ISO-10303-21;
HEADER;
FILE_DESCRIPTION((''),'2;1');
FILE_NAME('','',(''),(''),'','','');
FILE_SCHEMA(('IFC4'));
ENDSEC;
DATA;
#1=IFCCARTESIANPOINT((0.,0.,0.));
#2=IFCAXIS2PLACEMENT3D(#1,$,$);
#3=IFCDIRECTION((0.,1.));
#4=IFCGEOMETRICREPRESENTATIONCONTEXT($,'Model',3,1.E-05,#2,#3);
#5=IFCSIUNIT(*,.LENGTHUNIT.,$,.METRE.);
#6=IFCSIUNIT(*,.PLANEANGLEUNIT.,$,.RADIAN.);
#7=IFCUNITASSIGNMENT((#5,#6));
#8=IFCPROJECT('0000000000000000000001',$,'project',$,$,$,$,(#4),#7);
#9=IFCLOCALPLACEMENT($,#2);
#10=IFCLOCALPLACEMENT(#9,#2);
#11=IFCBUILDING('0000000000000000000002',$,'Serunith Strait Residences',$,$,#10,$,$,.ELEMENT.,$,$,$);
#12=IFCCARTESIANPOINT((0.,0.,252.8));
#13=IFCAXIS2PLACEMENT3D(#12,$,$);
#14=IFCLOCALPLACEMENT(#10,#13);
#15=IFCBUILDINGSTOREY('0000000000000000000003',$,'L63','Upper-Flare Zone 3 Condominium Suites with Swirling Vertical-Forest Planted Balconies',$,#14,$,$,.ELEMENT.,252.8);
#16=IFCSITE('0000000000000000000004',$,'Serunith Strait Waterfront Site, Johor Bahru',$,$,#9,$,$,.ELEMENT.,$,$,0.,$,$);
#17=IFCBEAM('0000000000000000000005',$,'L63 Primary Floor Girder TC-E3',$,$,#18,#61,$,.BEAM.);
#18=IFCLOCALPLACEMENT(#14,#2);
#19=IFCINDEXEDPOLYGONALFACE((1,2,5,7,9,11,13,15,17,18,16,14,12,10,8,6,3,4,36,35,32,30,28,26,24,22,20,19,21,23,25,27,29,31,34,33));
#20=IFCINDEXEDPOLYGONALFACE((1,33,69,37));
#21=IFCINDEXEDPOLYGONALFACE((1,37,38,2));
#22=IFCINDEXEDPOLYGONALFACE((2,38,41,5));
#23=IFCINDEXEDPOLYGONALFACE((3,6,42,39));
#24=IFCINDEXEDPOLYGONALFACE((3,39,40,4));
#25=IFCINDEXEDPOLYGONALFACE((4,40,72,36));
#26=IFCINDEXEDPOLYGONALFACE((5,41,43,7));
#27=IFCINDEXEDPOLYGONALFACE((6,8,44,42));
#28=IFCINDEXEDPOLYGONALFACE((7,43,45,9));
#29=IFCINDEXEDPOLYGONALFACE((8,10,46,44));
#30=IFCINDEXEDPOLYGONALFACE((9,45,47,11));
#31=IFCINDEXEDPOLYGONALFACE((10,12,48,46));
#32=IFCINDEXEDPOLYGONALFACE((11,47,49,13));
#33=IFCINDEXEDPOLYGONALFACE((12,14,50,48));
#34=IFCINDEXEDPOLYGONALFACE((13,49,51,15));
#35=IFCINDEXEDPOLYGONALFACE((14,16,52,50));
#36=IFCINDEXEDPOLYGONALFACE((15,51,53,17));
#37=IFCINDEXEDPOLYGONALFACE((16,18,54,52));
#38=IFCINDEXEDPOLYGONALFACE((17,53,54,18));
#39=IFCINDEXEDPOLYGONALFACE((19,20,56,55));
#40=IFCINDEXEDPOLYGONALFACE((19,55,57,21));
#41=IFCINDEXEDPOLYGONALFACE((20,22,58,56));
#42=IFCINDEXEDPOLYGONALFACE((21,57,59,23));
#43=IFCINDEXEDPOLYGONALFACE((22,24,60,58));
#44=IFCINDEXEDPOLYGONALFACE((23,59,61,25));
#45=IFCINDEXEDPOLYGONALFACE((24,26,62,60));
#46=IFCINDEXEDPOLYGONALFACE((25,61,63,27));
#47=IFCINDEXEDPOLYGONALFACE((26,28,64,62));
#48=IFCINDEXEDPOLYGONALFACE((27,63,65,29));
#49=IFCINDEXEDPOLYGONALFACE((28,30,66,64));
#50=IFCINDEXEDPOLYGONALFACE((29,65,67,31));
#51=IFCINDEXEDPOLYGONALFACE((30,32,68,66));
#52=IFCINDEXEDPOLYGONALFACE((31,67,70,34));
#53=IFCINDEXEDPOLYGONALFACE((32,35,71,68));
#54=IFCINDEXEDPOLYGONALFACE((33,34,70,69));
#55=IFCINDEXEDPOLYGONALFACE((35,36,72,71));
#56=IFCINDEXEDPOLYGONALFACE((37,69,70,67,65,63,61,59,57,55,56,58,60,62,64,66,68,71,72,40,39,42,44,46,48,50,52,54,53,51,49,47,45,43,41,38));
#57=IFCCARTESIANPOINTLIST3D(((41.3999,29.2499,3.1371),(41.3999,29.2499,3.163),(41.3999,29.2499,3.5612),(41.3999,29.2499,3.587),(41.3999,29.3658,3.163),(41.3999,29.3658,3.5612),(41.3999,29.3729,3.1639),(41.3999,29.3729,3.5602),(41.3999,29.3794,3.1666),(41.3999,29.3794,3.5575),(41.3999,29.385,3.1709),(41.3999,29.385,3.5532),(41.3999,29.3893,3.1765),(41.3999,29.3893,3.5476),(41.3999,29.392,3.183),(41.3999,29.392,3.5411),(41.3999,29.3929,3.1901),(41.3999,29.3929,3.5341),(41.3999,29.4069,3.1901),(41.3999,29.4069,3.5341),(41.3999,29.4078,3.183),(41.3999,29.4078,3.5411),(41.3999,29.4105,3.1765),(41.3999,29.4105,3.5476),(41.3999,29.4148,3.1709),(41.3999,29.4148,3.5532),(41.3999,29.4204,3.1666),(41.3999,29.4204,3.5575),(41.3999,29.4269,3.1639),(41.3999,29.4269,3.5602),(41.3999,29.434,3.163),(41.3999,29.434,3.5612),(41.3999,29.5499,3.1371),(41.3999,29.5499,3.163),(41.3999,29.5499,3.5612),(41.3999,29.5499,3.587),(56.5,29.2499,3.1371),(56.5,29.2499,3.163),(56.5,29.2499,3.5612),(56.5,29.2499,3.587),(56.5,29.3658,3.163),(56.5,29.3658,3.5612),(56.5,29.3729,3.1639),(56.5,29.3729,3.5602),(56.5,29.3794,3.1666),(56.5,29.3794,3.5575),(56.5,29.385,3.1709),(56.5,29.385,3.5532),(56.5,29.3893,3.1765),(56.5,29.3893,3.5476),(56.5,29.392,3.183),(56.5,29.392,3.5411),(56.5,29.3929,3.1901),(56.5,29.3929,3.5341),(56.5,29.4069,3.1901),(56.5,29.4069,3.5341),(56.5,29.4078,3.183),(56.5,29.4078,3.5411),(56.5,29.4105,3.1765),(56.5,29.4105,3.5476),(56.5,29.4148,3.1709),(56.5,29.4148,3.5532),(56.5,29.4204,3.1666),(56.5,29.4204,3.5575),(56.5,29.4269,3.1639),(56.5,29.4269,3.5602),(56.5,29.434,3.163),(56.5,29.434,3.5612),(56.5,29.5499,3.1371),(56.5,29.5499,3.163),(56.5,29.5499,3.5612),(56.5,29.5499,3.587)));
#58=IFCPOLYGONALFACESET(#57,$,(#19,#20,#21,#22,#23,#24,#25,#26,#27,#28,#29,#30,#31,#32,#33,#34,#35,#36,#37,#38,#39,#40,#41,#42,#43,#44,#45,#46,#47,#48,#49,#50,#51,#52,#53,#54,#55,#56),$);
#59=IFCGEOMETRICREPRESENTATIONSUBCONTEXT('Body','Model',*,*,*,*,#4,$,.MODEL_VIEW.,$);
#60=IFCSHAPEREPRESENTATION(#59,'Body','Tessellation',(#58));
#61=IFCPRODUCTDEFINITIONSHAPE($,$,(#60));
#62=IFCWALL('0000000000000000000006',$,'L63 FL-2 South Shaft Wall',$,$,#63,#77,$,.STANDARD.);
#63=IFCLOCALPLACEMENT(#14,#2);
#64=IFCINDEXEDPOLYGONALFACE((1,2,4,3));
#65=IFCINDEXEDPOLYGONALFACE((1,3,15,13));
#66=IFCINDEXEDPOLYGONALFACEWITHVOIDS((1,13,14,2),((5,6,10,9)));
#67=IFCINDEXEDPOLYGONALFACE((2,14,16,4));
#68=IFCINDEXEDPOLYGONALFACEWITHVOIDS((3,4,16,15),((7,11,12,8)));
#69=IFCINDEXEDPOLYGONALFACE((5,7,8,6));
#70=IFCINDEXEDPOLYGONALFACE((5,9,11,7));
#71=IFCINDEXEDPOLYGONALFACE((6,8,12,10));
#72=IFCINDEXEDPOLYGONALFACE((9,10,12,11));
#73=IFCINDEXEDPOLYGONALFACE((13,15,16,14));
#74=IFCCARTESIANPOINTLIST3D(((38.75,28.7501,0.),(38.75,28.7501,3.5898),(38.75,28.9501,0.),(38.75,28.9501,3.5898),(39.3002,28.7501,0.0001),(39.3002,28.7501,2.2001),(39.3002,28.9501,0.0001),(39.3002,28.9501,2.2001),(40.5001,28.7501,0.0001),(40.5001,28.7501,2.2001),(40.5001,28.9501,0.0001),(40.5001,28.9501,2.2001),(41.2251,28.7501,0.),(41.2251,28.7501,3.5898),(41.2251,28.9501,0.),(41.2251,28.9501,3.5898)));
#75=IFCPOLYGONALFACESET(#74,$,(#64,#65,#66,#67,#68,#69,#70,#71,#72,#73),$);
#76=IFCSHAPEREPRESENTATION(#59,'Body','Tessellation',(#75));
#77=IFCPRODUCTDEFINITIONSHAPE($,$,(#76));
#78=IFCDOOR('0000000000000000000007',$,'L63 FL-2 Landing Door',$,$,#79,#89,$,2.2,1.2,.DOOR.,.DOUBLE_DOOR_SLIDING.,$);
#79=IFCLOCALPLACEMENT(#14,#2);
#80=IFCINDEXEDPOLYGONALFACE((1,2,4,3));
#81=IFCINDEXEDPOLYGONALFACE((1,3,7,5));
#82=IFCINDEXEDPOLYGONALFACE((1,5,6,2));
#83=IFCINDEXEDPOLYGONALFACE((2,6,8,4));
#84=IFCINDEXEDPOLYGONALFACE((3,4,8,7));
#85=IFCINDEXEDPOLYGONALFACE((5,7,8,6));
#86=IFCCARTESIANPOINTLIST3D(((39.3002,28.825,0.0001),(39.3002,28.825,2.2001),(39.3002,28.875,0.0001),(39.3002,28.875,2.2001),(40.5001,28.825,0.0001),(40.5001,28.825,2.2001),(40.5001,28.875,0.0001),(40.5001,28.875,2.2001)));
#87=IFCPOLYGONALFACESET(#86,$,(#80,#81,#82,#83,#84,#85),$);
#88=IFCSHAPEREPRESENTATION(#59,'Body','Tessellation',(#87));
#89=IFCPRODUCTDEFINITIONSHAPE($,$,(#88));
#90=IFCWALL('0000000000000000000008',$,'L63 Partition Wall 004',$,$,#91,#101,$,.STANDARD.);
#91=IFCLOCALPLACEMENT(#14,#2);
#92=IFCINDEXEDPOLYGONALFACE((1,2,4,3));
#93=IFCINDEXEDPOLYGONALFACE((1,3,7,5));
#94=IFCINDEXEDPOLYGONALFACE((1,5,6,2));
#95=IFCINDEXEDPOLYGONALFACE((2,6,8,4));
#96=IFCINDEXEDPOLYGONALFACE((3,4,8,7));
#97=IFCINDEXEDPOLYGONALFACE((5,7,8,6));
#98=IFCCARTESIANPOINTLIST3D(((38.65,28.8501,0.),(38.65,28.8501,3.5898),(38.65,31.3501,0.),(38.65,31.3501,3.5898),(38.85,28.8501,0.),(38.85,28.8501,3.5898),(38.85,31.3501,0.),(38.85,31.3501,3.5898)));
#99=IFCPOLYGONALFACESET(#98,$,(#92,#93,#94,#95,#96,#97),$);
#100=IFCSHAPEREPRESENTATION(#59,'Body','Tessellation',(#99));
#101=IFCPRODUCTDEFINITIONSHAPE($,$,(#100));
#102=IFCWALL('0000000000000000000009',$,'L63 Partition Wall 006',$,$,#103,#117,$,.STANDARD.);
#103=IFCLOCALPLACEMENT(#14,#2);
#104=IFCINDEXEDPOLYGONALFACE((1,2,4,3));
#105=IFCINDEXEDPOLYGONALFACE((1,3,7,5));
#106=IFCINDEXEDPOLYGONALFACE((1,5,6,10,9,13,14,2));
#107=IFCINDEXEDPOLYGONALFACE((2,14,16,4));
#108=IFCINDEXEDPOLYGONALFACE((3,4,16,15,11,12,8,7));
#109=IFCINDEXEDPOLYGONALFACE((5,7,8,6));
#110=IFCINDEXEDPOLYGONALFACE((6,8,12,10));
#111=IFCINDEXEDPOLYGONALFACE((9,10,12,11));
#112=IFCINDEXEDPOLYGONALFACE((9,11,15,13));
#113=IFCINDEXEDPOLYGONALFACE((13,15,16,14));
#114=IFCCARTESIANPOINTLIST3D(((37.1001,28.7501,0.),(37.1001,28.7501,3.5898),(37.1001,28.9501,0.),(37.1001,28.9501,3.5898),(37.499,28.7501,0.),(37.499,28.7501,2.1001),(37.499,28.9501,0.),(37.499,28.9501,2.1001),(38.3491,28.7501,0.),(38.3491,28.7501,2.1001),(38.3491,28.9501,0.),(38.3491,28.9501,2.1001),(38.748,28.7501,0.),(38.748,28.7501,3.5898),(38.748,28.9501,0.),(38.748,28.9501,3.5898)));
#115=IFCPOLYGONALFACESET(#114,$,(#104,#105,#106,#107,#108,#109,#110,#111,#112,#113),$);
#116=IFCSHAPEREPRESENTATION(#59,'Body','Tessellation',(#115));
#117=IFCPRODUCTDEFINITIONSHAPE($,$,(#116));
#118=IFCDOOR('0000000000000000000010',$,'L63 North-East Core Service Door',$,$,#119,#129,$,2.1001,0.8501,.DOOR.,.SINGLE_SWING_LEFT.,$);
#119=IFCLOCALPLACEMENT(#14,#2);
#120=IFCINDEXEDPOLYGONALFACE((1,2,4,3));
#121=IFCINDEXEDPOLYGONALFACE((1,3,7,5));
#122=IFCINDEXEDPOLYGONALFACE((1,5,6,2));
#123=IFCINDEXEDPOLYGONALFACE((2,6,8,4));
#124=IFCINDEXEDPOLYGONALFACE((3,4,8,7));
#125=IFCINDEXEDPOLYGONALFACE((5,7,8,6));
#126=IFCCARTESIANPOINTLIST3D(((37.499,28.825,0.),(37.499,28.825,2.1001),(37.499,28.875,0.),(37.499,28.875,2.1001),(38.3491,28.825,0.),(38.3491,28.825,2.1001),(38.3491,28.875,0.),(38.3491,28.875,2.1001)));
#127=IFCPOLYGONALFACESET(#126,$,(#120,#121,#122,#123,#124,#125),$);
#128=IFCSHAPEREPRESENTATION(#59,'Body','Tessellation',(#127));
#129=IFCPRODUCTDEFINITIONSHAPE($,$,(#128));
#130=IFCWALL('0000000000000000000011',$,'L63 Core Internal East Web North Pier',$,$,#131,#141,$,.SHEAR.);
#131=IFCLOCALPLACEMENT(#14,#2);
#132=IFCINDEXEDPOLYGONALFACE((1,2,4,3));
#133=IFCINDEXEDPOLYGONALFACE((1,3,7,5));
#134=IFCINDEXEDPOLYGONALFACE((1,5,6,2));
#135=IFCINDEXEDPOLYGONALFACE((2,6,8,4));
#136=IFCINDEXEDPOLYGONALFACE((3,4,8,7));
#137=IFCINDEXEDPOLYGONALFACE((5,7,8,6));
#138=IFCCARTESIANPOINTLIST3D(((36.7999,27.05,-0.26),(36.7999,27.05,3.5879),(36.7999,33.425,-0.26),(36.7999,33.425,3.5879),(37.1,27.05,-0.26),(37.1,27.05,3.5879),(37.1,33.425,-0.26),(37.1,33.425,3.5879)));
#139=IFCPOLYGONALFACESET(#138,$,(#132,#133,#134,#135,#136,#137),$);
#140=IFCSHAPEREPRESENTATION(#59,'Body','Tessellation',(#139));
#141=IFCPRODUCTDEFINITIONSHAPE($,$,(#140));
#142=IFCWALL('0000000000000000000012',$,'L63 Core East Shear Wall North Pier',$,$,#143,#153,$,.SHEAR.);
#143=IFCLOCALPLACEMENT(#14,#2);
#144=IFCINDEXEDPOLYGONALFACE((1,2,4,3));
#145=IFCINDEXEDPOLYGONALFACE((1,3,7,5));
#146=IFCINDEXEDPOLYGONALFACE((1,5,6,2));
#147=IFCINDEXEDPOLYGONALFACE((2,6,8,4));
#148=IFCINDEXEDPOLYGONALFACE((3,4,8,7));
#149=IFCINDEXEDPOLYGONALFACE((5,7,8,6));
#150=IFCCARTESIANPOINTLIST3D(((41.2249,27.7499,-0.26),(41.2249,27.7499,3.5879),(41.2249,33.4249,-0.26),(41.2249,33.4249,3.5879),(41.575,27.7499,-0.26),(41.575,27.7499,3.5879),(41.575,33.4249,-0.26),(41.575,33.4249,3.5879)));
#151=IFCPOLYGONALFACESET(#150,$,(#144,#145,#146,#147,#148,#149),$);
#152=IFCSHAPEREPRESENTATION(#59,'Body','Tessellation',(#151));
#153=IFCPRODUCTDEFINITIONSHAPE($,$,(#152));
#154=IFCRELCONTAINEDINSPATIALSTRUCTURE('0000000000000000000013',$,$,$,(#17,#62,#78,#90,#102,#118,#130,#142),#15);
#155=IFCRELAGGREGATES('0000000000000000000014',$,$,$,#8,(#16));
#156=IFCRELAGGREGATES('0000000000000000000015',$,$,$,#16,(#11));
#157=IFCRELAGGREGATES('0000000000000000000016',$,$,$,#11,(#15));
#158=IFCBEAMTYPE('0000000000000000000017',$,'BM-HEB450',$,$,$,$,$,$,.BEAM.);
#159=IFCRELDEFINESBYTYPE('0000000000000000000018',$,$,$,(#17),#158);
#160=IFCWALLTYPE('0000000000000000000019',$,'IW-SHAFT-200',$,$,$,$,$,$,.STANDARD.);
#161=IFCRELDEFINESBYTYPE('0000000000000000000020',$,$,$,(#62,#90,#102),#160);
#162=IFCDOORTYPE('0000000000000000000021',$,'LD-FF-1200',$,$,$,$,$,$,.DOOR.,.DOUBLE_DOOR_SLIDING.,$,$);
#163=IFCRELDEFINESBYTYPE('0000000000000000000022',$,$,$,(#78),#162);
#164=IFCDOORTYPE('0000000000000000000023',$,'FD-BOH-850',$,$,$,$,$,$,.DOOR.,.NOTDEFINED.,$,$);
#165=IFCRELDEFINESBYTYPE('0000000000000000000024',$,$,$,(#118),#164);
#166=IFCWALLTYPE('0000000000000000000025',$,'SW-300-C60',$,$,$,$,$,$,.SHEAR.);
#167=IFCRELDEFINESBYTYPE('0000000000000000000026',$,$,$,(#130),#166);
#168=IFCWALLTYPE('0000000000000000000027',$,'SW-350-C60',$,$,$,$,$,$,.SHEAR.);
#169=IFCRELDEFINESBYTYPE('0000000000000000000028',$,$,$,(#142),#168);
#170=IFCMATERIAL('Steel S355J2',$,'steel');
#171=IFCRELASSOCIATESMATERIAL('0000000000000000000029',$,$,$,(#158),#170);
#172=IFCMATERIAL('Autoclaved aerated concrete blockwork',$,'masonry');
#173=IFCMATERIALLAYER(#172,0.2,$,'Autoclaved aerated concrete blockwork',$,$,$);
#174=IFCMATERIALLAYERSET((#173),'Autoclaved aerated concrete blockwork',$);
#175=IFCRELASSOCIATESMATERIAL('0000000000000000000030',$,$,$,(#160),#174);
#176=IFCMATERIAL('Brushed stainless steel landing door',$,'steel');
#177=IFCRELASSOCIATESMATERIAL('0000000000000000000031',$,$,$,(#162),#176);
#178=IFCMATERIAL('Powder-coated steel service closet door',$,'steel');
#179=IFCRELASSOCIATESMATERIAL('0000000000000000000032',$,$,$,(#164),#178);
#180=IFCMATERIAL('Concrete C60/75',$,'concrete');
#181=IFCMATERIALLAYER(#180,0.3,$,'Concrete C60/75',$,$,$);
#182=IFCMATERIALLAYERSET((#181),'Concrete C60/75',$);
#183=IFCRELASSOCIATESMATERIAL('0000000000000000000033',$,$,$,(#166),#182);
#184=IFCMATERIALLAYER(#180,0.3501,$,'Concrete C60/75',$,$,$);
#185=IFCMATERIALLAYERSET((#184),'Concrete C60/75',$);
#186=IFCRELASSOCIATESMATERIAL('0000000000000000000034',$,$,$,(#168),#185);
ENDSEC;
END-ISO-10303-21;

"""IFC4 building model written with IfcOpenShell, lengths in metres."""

from ifc_helpers import new_model, si_unit, direction, frame, frame_2d, origin, origin_2d, place, context, subcontext, project, spatial, rectangle, i_section, extrude, source, transform, mapped, material, layer, layer_set, material_profile, profile_set, type_object, element, fill, save


model = new_model("IFC4")

# Units and contexts
model_context = context("Model", 3, precision=1e-05, world=origin(), true_north=direction((0.0, 1.0)))
body_context = subcontext(model_context, "Body", "Model", "MODEL_VIEW")
ifc_project = project(units=[si_unit("LENGTHUNIT", "METRE"), si_unit("PLANEANGLEUNIT", "RADIAN")], contexts=[model_context])

# Site, building, storey
site_placement = place(None, origin())
site = spatial("IfcSite", under=ifc_project, at=site_placement, Name="Serunith Strait Waterfront Site, Johor Bahru", CompositionType="ELEMENT", RefElevation=0.0)
building_placement = place(site_placement, origin())
building = spatial("IfcBuilding", under=site, at=building_placement, Name="Serunith Strait Residences", CompositionType="ELEMENT")
storey_placement = place(building_placement, frame((0.0, 0.0, 252.8)))
storey = spatial("IfcBuildingStorey", under=building, at=storey_placement, Name="L63", Description="Upper-Flare Zone 3 Condominium Suites with Swirling Vertical-Forest Planted Balconies", CompositionType="ELEMENT", Elevation=252.8)

# Beam
ifc_material_1 = material(Name="Steel S355J2", Category="steel")
ifc_material_profile = material_profile(ifc_material_1, i_section(OverallWidth=0.3, OverallDepth=0.45, WebThickness=0.0139, FlangeThickness=0.0259, FilletRadius=0.0271, at=origin_2d()), Name="HEB 450")
ifc_profile_set = profile_set([ifc_material_profile], Name="Steel S355J2")
beam_type = type_object("IfcBeamType", Name="BM-HEB450", PredefinedType="BEAM", material=ifc_profile_set)
shared_shape_1 = source(origin(), body_context, "Body", "SweptSolid", [
    extrude(i_section(OverallWidth=0.3, OverallDepth=0.45, WebThickness=0.0139, FlangeThickness=0.0259, FilletRadius=0.0271, at=origin_2d()), origin(), (0.0, 0.0, 1.0), 15.1001),
])
beam_placement = place(storey_placement, frame((41.3999, 29.3999, 3.3621), z_axis=(1.0, 0.0, 0.0), x_axis=(0.0, 1.0, 0.0)))
element("IfcBeam", 1, at=beam_placement, inside=storey, type_object=beam_type, Name="L63 Primary Floor Girder TC-E3", PredefinedType="BEAM", context=body_context, shape_type="MappedRepresentation", body=[
    mapped(shared_shape_1, transform((0.0, 0.0, 0.0), scale=1.0)),
])

# Wall, opening, door
ifc_material_2 = material(Name="Autoclaved aerated concrete blockwork", Category="masonry")
ifc_layer_1 = layer(ifc_material_2, 0.2, Name="Autoclaved aerated concrete blockwork")
ifc_layer_set_1 = layer_set([ifc_layer_1], Name="Autoclaved aerated concrete blockwork")
wall_type_1 = type_object("IfcWallType", Name="IW-SHAFT-200", PredefinedType="STANDARD", material=ifc_layer_set_1)
wall_1_placement = place(storey_placement, frame((38.75, 28.8501, 0.0), z_axis=(0.0, 0.0, 1.0), x_axis=(1.0, 0.0, 0.0)))
wall_1 = element("IfcWall", 2, at=wall_1_placement, inside=storey, type_object=wall_type_1, Name="L63 FL-2 South Shaft Wall", PredefinedType="STANDARD", context=body_context, shape_type="SweptSolid", body=[
    extrude(rectangle(XDim=2.4751, YDim=0.2, at=frame_2d((1.2375, 0.0))), origin(), (0.0, 0.0, 1.0), 3.5898),
])
opening_1_placement = place(wall_1_placement, frame((0.55, 0.0, 0.0)))
opening_1 = element("IfcOpeningElement", 3, at=opening_1_placement, cuts=wall_1, PredefinedType="OPENING", context=body_context, shape_type="SweptSolid", body=[
    extrude(rectangle(XDim=1.2, YDim=2.2, at=frame_2d((0.6001, 1.1001))), frame((0.0, 0.1099, 0.0), z_axis=(0.0, -1.0, 0.0), x_axis=(1.0, 0.0, 0.0)), (0.0, 0.0, 1.0), 0.22),
])
ifc_material_3 = material(Name="Brushed stainless steel landing door", Category="steel")
door_type_1 = type_object("IfcDoorType", Name="LD-FF-1200", OperationType="DOUBLE_DOOR_SLIDING", PredefinedType="DOOR", material=ifc_material_3)
shared_shape_2 = source(origin(), body_context, "Body", "SweptSolid", [
    extrude(rectangle(XDim=1.2, YDim=2.2, at=frame_2d((0.6001, 1.1001))), frame((0.0, 0.0249, 0.0), z_axis=(0.0, -1.0, 0.0), x_axis=(1.0, 0.0, 0.0)), (0.0, 0.0, 1.0), 0.05),
])
door_1_placement = place(opening_1_placement, origin())
door_1 = element("IfcDoor", 4, at=door_1_placement, inside=storey, type_object=door_type_1, Name="L63 FL-2 Landing Door", OperationType="DOUBLE_DOOR_SLIDING", OverallHeight=2.2, OverallWidth=1.2, PredefinedType="DOOR", context=body_context, shape_type="MappedRepresentation", body=[
    mapped(shared_shape_2, transform((0.0, 0.0, 0.0), scale=1.0)),
])
fill(opening_1, door_1)

# Wall
wall_2_placement = place(storey_placement, frame((38.75, 28.8501, 0.0), z_axis=(0.0, 0.0, 1.0), x_axis=(0.0, 1.0, 0.0)))
element("IfcWall", 5, at=wall_2_placement, inside=storey, type_object=wall_type_1, Name="L63 Partition Wall 004", PredefinedType="STANDARD", context=body_context, shape_type="SweptSolid", body=[
    extrude(rectangle(XDim=2.5, YDim=0.2, at=frame_2d((1.25, 0.0))), origin(), (0.0, 0.0, 1.0), 3.5898),
])

# Wall, opening, door
wall_3_placement = place(storey_placement, frame((37.1001, 28.8501, 0.0), z_axis=(0.0, 0.0, 1.0), x_axis=(1.0, 0.0, 0.0)))
wall_3 = element("IfcWall", 6, at=wall_3_placement, inside=storey, type_object=wall_type_1, Name="L63 Partition Wall 006", PredefinedType="STANDARD", context=body_context, shape_type="SweptSolid", body=[
    extrude(rectangle(XDim=1.6479, YDim=0.2, at=frame_2d((0.824, 0.0))), origin(), (0.0, 0.0, 1.0), 3.5898),
])
opening_2_placement = place(wall_3_placement, frame((0.3989, 0.0, 0.0)))
opening_2 = element("IfcOpeningElement", 7, at=opening_2_placement, cuts=wall_3, PredefinedType="OPENING", context=body_context, shape_type="SweptSolid", body=[
    extrude(rectangle(XDim=0.8501, YDim=2.1001, at=frame_2d((0.425, 1.05))), frame((0.0, 0.1099, 0.0), z_axis=(0.0, -1.0, 0.0), x_axis=(1.0, 0.0, 0.0)), (0.0, 0.0, 1.0), 0.22),
])
ifc_material_4 = material(Name="Powder-coated steel service closet door", Category="steel")
door_type_2 = type_object("IfcDoorType", Name="FD-BOH-850", OperationType="NOTDEFINED", PredefinedType="DOOR", material=ifc_material_4)
shared_shape_3 = source(origin(), body_context, "Body", "SweptSolid", [
    extrude(rectangle(XDim=0.8501, YDim=2.1001, at=frame_2d((0.425, 1.05))), frame((0.0, 0.0249, 0.0), z_axis=(0.0, -1.0, 0.0), x_axis=(1.0, 0.0, 0.0)), (0.0, 0.0, 1.0), 0.05),
])
door_2_placement = place(opening_2_placement, origin())
door_2 = element("IfcDoor", 8, at=door_2_placement, inside=storey, type_object=door_type_2, Name="L63 North-East Core Service Door", OperationType="SINGLE_SWING_LEFT", OverallHeight=2.1001, OverallWidth=0.8501, PredefinedType="DOOR", context=body_context, shape_type="MappedRepresentation", body=[
    mapped(shared_shape_3, transform((0.0, 0.0, 0.0), scale=1.0)),
])
fill(opening_2, door_2)

# Walls
ifc_material_5 = material(Name="Concrete C60/75", Category="concrete")
ifc_layer_2 = layer(ifc_material_5, 0.3, Name="Concrete C60/75")
ifc_layer_set_2 = layer_set([ifc_layer_2], Name="Concrete C60/75")
wall_type_2 = type_object("IfcWallType", Name="SW-300-C60", PredefinedType="SHEAR", material=ifc_layer_set_2)
wall_4_placement = place(storey_placement, frame((36.95, 27.05, -0.26), z_axis=(0.0, 0.0, 1.0), x_axis=(0.0, 1.0, 0.0)))
element("IfcWall", 9, at=wall_4_placement, inside=storey, type_object=wall_type_2, Name="L63 Core Internal East Web North Pier", PredefinedType="SHEAR", context=body_context, shape_type="SweptSolid", body=[
    extrude(rectangle(XDim=6.375, YDim=0.3, at=frame_2d((3.1875, 0.0))), origin(), (0.0, 0.0, 1.0), 3.8479),
])
ifc_layer_3 = layer(ifc_material_5, 0.3501, Name="Concrete C60/75")
ifc_layer_set_3 = layer_set([ifc_layer_3], Name="Concrete C60/75")
wall_type_3 = type_object("IfcWallType", Name="SW-350-C60", PredefinedType="SHEAR", material=ifc_layer_set_3)
wall_5_placement = place(storey_placement, frame((41.3999, 27.75, -0.26), z_axis=(0.0, 0.0, 1.0), x_axis=(0.0, 1.0, 0.0)))
element("IfcWall", 10, at=wall_5_placement, inside=storey, type_object=wall_type_3, Name="L63 Core East Shear Wall North Pier", PredefinedType="SHEAR", context=body_context, shape_type="SweptSolid", body=[
    extrude(rectangle(XDim=5.675, YDim=0.3501, at=frame_2d((2.8374, 0.0))), origin(), (0.0, 0.0, 1.0), 3.8479),
])

save(model, "model.ifc")
